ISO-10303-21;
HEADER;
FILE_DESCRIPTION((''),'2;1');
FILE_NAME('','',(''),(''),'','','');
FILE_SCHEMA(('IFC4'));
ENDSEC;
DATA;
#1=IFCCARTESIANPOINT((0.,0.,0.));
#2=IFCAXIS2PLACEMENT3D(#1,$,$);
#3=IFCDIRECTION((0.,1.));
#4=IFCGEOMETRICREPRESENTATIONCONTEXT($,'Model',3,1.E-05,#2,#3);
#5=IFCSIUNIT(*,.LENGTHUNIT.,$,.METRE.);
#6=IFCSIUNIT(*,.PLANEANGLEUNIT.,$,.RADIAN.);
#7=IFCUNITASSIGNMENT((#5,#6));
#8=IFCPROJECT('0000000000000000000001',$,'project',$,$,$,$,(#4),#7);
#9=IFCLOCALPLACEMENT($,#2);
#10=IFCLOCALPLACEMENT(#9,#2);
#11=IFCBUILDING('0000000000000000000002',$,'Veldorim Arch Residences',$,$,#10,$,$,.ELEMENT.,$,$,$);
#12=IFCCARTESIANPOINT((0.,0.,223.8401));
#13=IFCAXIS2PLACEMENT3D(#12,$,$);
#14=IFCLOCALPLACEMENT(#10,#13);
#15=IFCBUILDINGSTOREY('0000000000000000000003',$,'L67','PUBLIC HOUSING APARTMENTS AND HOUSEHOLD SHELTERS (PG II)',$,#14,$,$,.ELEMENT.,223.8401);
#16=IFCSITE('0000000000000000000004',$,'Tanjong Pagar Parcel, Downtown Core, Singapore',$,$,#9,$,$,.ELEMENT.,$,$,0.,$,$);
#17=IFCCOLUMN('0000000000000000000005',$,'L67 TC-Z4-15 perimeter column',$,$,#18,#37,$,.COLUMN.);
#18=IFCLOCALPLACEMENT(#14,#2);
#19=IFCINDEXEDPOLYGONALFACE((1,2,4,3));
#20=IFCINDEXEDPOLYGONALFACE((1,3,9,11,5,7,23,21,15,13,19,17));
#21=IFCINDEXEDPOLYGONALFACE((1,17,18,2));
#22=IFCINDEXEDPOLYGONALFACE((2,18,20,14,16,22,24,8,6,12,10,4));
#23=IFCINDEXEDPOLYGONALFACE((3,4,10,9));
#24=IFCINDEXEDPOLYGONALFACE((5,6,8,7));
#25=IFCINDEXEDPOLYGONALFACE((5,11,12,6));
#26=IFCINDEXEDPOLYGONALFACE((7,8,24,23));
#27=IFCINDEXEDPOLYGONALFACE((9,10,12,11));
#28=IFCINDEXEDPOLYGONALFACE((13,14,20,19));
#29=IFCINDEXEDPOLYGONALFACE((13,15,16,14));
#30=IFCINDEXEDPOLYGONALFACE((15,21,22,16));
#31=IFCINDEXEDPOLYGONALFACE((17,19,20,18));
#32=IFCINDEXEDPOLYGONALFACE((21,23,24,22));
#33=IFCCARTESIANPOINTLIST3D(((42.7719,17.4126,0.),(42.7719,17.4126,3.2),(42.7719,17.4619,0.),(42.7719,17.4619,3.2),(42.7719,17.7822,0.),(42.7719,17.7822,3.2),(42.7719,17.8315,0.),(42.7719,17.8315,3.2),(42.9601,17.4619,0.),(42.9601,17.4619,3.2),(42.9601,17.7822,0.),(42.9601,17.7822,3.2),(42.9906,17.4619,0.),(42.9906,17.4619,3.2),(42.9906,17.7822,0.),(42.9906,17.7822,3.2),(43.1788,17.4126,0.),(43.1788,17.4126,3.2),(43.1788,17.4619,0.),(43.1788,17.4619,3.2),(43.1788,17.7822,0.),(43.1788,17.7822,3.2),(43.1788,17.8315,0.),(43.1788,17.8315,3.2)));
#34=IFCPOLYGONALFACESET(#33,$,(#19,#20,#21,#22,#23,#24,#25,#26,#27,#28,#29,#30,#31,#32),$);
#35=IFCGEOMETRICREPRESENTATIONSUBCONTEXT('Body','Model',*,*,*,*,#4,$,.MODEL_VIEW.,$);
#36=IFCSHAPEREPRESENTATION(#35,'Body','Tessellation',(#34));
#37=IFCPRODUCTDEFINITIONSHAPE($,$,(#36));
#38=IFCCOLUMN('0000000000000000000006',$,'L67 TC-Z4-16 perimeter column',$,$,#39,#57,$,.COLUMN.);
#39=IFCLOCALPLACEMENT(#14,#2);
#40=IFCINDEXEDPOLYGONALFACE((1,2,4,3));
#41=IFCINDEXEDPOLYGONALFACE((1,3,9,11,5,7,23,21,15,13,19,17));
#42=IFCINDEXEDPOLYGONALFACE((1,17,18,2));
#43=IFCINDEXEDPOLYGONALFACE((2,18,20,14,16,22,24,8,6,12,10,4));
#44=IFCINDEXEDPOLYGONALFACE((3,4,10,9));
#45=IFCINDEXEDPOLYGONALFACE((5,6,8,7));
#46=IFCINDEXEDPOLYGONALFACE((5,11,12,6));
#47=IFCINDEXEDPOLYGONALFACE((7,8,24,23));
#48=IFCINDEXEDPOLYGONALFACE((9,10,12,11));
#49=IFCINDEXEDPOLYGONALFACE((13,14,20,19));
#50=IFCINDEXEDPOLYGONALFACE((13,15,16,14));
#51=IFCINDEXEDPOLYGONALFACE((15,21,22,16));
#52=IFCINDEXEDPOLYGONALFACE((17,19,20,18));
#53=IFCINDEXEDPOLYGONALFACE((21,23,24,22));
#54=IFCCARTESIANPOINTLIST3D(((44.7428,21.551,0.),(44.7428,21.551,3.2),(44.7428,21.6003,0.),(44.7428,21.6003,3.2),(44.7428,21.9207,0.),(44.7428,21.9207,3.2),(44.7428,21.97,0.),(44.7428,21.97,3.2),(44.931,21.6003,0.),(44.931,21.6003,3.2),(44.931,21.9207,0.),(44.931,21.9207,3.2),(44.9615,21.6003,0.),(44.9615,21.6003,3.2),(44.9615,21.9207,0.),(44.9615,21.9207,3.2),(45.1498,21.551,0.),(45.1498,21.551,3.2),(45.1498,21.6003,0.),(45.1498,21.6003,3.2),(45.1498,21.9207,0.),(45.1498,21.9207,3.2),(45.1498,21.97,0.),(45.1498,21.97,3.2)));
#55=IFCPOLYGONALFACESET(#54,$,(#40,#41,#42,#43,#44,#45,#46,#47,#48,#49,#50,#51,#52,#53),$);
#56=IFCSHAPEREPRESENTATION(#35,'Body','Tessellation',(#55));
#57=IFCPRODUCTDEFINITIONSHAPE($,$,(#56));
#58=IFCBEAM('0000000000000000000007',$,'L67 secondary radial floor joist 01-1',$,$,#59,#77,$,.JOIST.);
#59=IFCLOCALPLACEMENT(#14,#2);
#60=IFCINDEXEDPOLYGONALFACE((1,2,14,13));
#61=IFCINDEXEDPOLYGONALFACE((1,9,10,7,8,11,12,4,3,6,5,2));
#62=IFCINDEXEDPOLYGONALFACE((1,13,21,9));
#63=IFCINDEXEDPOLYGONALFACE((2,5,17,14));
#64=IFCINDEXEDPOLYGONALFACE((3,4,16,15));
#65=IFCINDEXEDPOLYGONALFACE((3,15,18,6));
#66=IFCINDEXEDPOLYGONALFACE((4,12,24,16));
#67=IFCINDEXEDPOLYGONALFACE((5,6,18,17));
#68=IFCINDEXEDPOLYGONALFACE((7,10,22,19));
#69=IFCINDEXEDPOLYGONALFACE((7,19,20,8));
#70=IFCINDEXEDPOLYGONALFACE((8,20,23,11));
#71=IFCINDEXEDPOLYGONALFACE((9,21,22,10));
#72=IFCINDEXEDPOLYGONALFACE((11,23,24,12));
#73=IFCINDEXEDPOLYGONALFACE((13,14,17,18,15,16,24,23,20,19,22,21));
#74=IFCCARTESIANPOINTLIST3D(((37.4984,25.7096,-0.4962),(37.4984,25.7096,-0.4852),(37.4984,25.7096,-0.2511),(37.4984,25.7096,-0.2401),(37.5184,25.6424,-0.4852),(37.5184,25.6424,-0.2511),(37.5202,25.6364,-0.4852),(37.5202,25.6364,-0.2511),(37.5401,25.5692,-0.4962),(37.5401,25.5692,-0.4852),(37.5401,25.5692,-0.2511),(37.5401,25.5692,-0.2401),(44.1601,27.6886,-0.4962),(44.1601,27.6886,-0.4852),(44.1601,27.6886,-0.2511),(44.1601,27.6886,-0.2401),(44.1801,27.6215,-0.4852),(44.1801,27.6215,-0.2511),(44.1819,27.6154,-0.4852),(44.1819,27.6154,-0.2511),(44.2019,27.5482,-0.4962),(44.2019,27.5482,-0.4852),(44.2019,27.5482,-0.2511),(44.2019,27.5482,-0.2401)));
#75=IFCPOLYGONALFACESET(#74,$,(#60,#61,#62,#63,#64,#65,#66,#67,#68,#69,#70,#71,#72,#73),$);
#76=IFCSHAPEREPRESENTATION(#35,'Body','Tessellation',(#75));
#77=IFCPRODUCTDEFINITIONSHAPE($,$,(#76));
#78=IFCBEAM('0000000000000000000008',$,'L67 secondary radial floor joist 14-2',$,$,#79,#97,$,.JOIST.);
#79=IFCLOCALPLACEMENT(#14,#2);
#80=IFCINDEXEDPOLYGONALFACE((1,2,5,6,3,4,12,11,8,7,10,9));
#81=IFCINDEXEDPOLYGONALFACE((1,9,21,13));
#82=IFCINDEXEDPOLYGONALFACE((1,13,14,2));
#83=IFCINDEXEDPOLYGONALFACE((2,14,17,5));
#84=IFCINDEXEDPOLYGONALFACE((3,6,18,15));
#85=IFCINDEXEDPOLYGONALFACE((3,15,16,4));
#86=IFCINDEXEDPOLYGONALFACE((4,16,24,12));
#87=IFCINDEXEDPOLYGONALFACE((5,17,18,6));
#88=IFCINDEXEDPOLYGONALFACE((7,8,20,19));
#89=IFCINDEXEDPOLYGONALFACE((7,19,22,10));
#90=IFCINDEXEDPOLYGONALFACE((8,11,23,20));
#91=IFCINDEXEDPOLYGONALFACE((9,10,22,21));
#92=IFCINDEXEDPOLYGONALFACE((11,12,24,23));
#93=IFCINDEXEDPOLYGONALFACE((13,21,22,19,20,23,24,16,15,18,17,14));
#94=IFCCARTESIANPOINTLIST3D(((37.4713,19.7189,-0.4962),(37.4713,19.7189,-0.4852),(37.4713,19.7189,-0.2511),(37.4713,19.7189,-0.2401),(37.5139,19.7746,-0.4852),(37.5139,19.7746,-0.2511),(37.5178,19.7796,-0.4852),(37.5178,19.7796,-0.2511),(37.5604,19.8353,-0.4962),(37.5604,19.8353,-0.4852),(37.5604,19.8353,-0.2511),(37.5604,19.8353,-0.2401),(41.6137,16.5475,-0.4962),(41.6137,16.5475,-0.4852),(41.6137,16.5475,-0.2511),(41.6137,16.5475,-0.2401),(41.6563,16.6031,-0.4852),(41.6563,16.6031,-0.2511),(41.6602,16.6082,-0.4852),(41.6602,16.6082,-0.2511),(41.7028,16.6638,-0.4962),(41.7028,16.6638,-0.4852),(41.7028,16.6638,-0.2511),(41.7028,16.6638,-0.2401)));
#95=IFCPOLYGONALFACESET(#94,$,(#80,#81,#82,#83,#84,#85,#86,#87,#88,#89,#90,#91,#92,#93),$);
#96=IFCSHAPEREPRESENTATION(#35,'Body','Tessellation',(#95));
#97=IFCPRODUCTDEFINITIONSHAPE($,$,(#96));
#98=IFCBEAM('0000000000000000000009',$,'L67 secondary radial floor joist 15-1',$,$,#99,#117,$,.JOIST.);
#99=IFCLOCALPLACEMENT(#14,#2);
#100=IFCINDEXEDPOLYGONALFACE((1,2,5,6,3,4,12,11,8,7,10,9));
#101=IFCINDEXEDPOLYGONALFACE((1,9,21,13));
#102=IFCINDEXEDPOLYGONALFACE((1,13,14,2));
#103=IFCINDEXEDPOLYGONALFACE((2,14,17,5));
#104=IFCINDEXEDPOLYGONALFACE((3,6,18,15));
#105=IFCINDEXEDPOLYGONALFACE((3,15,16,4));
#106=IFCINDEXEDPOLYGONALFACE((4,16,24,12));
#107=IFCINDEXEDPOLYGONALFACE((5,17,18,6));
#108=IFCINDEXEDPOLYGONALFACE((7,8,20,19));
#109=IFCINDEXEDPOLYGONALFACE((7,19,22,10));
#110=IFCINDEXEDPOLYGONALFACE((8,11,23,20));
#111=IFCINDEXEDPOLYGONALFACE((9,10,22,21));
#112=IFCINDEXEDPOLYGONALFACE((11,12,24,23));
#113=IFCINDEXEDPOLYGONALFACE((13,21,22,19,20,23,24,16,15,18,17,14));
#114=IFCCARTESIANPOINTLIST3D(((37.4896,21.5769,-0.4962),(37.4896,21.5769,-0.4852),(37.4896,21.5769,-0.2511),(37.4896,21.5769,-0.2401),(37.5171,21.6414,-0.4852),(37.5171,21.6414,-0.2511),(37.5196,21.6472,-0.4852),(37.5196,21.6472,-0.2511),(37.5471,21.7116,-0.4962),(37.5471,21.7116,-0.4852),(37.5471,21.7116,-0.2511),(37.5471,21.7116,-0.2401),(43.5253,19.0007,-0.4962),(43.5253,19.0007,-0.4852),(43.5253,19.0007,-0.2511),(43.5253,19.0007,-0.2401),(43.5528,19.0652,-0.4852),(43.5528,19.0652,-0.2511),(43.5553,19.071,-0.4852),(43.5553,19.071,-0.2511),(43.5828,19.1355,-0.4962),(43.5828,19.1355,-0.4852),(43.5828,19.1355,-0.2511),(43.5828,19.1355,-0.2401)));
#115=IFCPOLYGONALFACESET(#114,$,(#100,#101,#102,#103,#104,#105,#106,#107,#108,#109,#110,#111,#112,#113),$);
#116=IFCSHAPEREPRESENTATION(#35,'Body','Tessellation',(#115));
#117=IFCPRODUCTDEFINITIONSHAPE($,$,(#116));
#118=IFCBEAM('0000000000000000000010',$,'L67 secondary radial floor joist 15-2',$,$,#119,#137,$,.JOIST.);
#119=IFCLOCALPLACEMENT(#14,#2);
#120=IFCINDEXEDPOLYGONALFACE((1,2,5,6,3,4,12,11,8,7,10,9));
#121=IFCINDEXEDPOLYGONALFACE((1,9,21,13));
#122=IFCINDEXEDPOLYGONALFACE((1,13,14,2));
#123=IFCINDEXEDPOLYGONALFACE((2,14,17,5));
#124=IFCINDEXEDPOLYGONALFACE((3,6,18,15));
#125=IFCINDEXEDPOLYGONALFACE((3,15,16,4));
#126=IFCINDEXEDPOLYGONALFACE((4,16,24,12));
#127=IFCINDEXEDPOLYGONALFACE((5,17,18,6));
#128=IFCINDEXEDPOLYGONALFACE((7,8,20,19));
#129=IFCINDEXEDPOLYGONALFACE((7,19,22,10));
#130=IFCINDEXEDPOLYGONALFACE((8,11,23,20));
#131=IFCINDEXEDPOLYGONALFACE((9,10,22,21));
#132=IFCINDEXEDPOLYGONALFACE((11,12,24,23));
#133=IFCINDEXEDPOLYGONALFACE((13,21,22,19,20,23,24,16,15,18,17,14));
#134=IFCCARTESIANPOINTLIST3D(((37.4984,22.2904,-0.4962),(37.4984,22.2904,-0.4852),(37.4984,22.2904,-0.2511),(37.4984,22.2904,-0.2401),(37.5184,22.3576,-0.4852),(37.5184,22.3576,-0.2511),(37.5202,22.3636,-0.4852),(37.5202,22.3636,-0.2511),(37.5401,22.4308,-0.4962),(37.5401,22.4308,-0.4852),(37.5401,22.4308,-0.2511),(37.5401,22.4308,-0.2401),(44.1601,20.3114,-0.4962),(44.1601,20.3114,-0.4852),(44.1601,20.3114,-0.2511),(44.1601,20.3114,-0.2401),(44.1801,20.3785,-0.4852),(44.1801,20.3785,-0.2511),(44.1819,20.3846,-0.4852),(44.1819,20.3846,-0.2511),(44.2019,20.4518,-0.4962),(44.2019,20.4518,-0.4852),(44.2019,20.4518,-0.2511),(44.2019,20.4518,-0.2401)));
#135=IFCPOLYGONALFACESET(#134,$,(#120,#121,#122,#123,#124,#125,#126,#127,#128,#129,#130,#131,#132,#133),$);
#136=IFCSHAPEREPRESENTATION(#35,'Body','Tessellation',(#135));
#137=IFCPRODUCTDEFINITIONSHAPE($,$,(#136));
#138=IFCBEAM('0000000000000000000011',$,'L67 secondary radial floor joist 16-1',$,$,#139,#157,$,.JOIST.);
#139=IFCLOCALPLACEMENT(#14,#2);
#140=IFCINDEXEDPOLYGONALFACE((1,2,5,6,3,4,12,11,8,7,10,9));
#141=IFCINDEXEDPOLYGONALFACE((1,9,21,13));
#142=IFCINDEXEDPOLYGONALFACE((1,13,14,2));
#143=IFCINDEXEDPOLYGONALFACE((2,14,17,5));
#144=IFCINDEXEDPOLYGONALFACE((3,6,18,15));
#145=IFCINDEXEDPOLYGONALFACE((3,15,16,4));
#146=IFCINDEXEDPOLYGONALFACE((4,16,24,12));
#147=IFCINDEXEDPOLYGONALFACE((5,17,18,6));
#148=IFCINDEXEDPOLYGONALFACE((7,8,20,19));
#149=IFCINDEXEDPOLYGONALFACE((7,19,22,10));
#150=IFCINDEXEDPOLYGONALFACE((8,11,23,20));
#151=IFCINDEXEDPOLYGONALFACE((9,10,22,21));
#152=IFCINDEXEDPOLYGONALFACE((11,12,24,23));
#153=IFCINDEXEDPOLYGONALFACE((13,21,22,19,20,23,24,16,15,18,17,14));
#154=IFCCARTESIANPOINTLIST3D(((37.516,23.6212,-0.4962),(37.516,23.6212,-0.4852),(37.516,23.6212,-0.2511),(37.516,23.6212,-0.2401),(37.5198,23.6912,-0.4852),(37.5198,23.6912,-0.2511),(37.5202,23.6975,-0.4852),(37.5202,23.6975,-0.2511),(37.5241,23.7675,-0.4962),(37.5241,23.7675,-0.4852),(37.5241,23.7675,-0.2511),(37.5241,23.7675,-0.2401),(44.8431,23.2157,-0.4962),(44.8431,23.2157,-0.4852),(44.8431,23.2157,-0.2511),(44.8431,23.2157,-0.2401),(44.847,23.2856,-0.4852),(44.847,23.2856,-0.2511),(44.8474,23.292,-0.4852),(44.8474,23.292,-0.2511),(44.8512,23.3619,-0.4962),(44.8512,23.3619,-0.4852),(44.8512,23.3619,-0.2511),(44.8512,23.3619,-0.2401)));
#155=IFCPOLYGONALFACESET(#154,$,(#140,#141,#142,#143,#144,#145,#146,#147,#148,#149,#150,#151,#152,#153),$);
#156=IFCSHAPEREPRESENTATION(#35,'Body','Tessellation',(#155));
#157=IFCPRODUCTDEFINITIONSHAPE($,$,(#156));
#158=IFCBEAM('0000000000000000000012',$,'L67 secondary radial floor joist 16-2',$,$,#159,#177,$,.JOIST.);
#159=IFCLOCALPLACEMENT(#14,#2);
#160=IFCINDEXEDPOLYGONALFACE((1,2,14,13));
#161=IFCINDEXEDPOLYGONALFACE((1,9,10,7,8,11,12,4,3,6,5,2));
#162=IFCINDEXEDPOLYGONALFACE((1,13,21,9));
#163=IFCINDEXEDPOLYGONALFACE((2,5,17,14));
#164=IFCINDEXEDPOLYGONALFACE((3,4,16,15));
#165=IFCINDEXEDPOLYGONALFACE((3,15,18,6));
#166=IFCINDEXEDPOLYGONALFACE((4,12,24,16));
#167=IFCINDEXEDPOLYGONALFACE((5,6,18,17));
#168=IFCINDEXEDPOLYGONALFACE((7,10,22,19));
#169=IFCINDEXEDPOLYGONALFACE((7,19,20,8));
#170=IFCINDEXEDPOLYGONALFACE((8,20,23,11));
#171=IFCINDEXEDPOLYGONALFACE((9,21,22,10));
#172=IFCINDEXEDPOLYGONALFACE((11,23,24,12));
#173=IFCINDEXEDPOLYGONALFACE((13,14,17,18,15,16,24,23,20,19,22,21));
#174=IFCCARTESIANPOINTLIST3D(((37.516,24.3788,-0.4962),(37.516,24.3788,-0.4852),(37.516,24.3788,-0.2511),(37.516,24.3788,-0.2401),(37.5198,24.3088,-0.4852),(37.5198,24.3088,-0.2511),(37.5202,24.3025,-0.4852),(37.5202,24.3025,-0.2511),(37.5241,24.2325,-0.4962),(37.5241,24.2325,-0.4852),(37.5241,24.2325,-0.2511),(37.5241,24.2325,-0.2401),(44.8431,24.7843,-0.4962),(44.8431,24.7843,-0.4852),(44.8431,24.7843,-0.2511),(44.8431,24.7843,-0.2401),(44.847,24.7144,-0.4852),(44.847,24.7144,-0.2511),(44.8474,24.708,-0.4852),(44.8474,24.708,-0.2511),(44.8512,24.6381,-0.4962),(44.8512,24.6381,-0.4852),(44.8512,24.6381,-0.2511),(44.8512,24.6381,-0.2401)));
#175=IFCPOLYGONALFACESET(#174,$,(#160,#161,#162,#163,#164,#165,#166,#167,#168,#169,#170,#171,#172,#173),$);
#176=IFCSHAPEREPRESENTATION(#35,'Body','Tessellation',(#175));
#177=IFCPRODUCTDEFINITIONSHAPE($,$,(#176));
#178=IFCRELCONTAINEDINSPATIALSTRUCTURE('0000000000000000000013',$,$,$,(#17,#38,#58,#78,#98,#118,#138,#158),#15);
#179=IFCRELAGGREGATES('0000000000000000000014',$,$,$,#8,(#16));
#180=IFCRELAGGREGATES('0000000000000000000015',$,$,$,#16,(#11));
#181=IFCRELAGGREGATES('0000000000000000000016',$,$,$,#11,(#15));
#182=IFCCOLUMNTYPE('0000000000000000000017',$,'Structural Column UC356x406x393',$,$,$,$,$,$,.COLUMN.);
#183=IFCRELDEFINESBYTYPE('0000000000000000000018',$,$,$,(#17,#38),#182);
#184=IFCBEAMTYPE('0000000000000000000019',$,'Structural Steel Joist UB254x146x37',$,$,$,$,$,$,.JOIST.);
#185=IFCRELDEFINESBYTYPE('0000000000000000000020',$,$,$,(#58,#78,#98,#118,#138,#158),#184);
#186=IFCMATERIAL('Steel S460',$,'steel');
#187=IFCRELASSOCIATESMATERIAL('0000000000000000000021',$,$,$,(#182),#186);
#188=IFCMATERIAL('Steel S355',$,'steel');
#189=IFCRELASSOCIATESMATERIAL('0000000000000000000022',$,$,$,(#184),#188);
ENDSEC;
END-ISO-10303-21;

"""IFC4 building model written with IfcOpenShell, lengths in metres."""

from ifc_helpers import new_model, si_unit, direction, frame, origin, origin_2d, place, context, subcontext, project, spatial, i_section, extrude, material, material_profile, profile_set, type_object, element, save


model = new_model("IFC4")

# Units and contexts
model_context = context("Model", 3, precision=1e-05, world=origin(), true_north=direction((0.0, 1.0)))
body_context = subcontext(model_context, "Body", "Model", "MODEL_VIEW")
ifc_project = project(units=[si_unit("LENGTHUNIT", "METRE"), si_unit("PLANEANGLEUNIT", "RADIAN")], contexts=[model_context])

# Site, building, storey
site_placement = place(None, origin())
site = spatial("IfcSite", under=ifc_project, at=site_placement, Name="Tanjong Pagar Parcel, Downtown Core, Singapore", CompositionType="ELEMENT", RefElevation=0.0)
building_placement = place(site_placement, origin())
building = spatial("IfcBuilding", under=site, at=building_placement, Name="Veldorim Arch Residences", CompositionType="ELEMENT")
storey_placement = place(building_placement, frame((0.0, 0.0, 223.8401)))
storey = spatial("IfcBuildingStorey", under=building, at=storey_placement, Name="L67", Description="PUBLIC HOUSING APARTMENTS AND HOUSEHOLD SHELTERS (PG II)", CompositionType="ELEMENT", Elevation=223.8401)

# Columns
ifc_material_1 = material(Name="Steel S460", Category="steel")
ifc_material_profile_1 = material_profile(ifc_material_1, i_section(OverallWidth=0.407, OverallDepth=0.4189, WebThickness=0.0305, FlangeThickness=0.0493, at=origin_2d()), Name="UC356x406x393")
ifc_profile_set_1 = profile_set([ifc_material_profile_1], Name="Steel S460")
column_type = type_object("IfcColumnType", Name="Structural Column UC356x406x393", PredefinedType="COLUMN", material=ifc_profile_set_1)
for number, where, z_axis, x_axis, name in (
    (1, (42.9753, 17.6221, 0.0), (0.0, 0.0, 1.0), (1.0, 0.0, 0.0), "L67 TC-Z4-15 perimeter column"),
    (2, (44.9463, 21.7605, 0.0), (0.0, 0.0, 1.0), (1.0, 0.0, 0.0), "L67 TC-Z4-16 perimeter column"),
):
    element("IfcColumn", number, at=place(storey_placement, frame(where, z_axis=z_axis, x_axis=x_axis)), inside=storey, type_object=column_type, Name=name, PredefinedType="COLUMN", context=body_context, shape_type="SweptSolid", body=[
        extrude(i_section(OverallWidth=0.407, OverallDepth=0.4189, WebThickness=0.0305, FlangeThickness=0.0493, at=origin_2d()), origin(), (0.0, 0.0, 1.0), 3.2),
    ])

# Beams
ifc_material_2 = material(Name="Steel S355", Category="steel")
ifc_material_profile_2 = material_profile(ifc_material_2, i_section(OverallWidth=0.1465, OverallDepth=0.2561, WebThickness=0.0063, FlangeThickness=0.011, at=origin_2d()), Name="UB254x146x37")
ifc_profile_set_2 = profile_set([ifc_material_profile_2], Name="Steel S355")
beam_type_1 = type_object("IfcBeamType", Name="Structural Steel Joist UB254x146x37", PredefinedType="JOIST", material=ifc_profile_set_2)
beam_1_placement = place(storey_placement, frame((37.5193, 25.6394, -0.3682), z_axis=(0.958594, 0.284775, 0.0), x_axis=(-0.284775, 0.958594, 0.0)))
element("IfcBeam", 3, at=beam_1_placement, inside=storey, type_object=beam_type_1, Name="L67 secondary radial floor joist 01-1", PredefinedType="JOIST", context=body_context, shape_type="SweptSolid", body=[
    extrude(i_section(OverallWidth=0.1465, OverallDepth=0.2561, WebThickness=0.0063, FlangeThickness=0.011, at=origin_2d()), origin(), (0.0, 0.0, 1.0), 6.9495),
])
beam_2_placement = place(storey_placement, frame((37.5159, 19.7771, -0.3682), z_axis=(0.794014, -0.6079, 0.0), x_axis=(0.6079, 0.794014, 0.0)))
element("IfcBeam", 4, at=beam_2_placement, inside=storey, type_object=beam_type_1, Name="L67 secondary radial floor joist 14-2", PredefinedType="JOIST", context=body_context, shape_type="SweptSolid", body=[
    extrude(i_section(OverallWidth=0.1465, OverallDepth=0.2561, WebThickness=0.0063, FlangeThickness=0.011, at=origin_2d()), origin(), (0.0, 0.0, 1.0), 5.217),
])
beam_3_placement = place(storey_placement, frame((37.5183, 21.6443, -0.3682), z_axis=(0.919725, -0.392563, 0.0), x_axis=(0.392563, 0.919725, 0.0)))
element("IfcBeam", 5, at=beam_3_placement, inside=storey, type_object=beam_type_1, Name="L67 secondary radial floor joist 15-1", PredefinedType="JOIST", context=body_context, shape_type="SweptSolid", body=[
    extrude(i_section(OverallWidth=0.1465, OverallDepth=0.2561, WebThickness=0.0063, FlangeThickness=0.011, at=origin_2d()), origin(), (0.0, 0.0, 1.0), 6.5625),
])
beam_4_placement = place(storey_placement, frame((37.5193, 22.3606, -0.3682), z_axis=(0.958594, -0.284775, 0.0), x_axis=(0.284775, 0.958594, 0.0)))
element("IfcBeam", 6, at=beam_4_placement, inside=storey, type_object=beam_type_1, Name="L67 secondary radial floor joist 15-2", PredefinedType="JOIST", context=body_context, shape_type="SweptSolid", body=[
    extrude(i_section(OverallWidth=0.1465, OverallDepth=0.2561, WebThickness=0.0063, FlangeThickness=0.011, at=origin_2d()), origin(), (0.0, 0.0, 1.0), 6.9495),
])
for number, where, z_axis, x_axis, name in (
    (7, (37.52, 23.6943, -0.3682), (0.998472, -0.05526, 0.0), (0.05526, 0.998472, 0.0), "L67 secondary radial floor joist 16-1"),
    (8, (37.52, 24.3057, -0.3682), (0.998472, 0.05526, 0.0), (-0.05526, 0.998472, 0.0), "L67 secondary radial floor joist 16-2"),
):
    element("IfcBeam", number, at=place(storey_placement, frame(where, z_axis=z_axis, x_axis=x_axis)), inside=storey, type_object=beam_type_1, Name=name, PredefinedType="JOIST", context=body_context, shape_type="SweptSolid", body=[
        extrude(i_section(OverallWidth=0.1465, OverallDepth=0.2561, WebThickness=0.0063, FlangeThickness=0.011, at=origin_2d()), origin(), (0.0, 0.0, 1.0), 7.3384),
    ])

save(model, "model.ifc")
